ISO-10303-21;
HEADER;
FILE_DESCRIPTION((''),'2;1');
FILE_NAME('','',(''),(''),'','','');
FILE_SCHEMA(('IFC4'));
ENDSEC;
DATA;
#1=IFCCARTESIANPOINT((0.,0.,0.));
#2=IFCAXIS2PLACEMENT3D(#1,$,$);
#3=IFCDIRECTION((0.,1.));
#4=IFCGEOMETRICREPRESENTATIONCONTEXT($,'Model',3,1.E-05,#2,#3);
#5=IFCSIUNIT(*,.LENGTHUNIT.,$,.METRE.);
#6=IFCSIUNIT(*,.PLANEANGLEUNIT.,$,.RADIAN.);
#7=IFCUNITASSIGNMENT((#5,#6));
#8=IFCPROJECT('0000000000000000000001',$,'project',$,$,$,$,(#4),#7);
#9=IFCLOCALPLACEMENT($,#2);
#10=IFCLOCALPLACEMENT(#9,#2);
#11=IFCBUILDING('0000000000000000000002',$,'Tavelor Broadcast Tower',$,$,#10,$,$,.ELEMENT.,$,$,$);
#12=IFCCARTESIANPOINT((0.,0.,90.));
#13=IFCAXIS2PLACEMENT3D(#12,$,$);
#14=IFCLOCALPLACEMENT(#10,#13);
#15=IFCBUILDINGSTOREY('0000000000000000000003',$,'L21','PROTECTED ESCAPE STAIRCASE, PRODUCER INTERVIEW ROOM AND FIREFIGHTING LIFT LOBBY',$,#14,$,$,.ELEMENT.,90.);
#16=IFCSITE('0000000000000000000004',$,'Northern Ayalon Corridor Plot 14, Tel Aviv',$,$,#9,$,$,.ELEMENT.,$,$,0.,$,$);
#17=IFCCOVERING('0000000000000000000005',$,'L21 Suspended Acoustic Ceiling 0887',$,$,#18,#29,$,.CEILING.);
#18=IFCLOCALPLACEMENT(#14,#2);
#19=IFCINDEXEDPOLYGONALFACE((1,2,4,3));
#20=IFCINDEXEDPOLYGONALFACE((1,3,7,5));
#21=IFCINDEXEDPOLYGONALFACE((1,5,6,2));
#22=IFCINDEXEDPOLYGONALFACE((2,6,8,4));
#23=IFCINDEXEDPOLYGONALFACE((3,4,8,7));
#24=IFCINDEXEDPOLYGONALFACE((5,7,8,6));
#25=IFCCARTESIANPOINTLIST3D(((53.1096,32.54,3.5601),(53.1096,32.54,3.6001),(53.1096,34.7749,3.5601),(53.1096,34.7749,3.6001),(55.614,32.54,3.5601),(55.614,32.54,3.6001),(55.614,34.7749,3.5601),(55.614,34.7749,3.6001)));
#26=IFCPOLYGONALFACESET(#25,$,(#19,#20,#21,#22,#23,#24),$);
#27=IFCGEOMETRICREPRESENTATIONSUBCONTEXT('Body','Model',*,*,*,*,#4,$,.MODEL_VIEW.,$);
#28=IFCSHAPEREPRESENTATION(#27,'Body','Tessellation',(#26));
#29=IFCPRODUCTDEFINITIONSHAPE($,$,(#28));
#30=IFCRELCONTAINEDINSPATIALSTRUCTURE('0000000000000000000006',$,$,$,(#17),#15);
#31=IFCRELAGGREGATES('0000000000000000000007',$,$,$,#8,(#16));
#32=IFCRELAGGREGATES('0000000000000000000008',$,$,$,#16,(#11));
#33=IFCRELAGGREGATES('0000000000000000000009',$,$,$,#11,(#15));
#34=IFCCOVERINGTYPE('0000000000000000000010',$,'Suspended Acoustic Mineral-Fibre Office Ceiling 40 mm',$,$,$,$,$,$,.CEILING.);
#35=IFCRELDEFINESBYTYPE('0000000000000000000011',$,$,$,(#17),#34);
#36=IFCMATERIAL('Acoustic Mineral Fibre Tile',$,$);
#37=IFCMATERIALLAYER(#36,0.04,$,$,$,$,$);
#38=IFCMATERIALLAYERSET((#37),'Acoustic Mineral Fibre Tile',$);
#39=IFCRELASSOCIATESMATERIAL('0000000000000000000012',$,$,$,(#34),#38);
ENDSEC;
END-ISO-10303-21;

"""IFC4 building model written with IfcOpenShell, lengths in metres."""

from ifc_helpers import new_model, si_unit, direction, frame, origin, place, context, subcontext, project, spatial, polyline, outline, extrude, material, layer, layer_set, type_object, element, save


model = new_model("IFC4")

# Units and contexts
model_context = context("Model", 3, precision=1e-05, world=origin(), true_north=direction((0.0, 1.0)))
body_context = subcontext(model_context, "Body", "Model", "MODEL_VIEW")
ifc_project = project(units=[si_unit("LENGTHUNIT", "METRE"), si_unit("PLANEANGLEUNIT", "RADIAN")], contexts=[model_context])

# Site, building, storey
site_placement = place(None, origin())
site = spatial("IfcSite", under=ifc_project, at=site_placement, Name="Northern Ayalon Corridor Plot 14, Tel Aviv", CompositionType="ELEMENT", RefElevation=0.0)
building_placement = place(site_placement, origin())
building = spatial("IfcBuilding", under=site, at=building_placement, Name="Tavelor Broadcast Tower", CompositionType="ELEMENT")
storey_placement = place(building_placement, frame((0.0, 0.0, 90.0)))
storey = spatial("IfcBuildingStorey", under=building, at=storey_placement, Name="L21", Description="PROTECTED ESCAPE STAIRCASE, PRODUCER INTERVIEW ROOM AND FIREFIGHTING LIFT LOBBY", CompositionType="ELEMENT", Elevation=90.0)

# Covering
ifc_material_1 = material(Name="Acoustic Mineral Fibre Tile")
ifc_layer_1 = layer(ifc_material_1, 0.04)
ifc_layer_set_1 = layer_set([ifc_layer_1], Name="Acoustic Mineral Fibre Tile")
covering_type_1 = type_object("IfcCoveringType", Name="Suspended Acoustic Mineral-Fibre Office Ceiling 40 mm", PredefinedType="CEILING", material=ifc_layer_set_1)
covering_1_placement = place(storey_placement, frame((0.0, 0.0, 3.5601)))
element("IfcCovering", 1, at=covering_1_placement, inside=storey, type_object=covering_type_1, Name="L21 Suspended Acoustic Ceiling 0887", PredefinedType="CEILING", context=body_context, shape_type="SweptSolid", body=[
    extrude(outline(polyline([(53.1096, 32.54), (55.614, 32.54), (55.614, 34.7749), (53.1096, 34.7749), (53.1096, 32.54)])), origin(), (0.0, 0.0, 1.0), 0.04),
])

save(model, "model.ifc")
